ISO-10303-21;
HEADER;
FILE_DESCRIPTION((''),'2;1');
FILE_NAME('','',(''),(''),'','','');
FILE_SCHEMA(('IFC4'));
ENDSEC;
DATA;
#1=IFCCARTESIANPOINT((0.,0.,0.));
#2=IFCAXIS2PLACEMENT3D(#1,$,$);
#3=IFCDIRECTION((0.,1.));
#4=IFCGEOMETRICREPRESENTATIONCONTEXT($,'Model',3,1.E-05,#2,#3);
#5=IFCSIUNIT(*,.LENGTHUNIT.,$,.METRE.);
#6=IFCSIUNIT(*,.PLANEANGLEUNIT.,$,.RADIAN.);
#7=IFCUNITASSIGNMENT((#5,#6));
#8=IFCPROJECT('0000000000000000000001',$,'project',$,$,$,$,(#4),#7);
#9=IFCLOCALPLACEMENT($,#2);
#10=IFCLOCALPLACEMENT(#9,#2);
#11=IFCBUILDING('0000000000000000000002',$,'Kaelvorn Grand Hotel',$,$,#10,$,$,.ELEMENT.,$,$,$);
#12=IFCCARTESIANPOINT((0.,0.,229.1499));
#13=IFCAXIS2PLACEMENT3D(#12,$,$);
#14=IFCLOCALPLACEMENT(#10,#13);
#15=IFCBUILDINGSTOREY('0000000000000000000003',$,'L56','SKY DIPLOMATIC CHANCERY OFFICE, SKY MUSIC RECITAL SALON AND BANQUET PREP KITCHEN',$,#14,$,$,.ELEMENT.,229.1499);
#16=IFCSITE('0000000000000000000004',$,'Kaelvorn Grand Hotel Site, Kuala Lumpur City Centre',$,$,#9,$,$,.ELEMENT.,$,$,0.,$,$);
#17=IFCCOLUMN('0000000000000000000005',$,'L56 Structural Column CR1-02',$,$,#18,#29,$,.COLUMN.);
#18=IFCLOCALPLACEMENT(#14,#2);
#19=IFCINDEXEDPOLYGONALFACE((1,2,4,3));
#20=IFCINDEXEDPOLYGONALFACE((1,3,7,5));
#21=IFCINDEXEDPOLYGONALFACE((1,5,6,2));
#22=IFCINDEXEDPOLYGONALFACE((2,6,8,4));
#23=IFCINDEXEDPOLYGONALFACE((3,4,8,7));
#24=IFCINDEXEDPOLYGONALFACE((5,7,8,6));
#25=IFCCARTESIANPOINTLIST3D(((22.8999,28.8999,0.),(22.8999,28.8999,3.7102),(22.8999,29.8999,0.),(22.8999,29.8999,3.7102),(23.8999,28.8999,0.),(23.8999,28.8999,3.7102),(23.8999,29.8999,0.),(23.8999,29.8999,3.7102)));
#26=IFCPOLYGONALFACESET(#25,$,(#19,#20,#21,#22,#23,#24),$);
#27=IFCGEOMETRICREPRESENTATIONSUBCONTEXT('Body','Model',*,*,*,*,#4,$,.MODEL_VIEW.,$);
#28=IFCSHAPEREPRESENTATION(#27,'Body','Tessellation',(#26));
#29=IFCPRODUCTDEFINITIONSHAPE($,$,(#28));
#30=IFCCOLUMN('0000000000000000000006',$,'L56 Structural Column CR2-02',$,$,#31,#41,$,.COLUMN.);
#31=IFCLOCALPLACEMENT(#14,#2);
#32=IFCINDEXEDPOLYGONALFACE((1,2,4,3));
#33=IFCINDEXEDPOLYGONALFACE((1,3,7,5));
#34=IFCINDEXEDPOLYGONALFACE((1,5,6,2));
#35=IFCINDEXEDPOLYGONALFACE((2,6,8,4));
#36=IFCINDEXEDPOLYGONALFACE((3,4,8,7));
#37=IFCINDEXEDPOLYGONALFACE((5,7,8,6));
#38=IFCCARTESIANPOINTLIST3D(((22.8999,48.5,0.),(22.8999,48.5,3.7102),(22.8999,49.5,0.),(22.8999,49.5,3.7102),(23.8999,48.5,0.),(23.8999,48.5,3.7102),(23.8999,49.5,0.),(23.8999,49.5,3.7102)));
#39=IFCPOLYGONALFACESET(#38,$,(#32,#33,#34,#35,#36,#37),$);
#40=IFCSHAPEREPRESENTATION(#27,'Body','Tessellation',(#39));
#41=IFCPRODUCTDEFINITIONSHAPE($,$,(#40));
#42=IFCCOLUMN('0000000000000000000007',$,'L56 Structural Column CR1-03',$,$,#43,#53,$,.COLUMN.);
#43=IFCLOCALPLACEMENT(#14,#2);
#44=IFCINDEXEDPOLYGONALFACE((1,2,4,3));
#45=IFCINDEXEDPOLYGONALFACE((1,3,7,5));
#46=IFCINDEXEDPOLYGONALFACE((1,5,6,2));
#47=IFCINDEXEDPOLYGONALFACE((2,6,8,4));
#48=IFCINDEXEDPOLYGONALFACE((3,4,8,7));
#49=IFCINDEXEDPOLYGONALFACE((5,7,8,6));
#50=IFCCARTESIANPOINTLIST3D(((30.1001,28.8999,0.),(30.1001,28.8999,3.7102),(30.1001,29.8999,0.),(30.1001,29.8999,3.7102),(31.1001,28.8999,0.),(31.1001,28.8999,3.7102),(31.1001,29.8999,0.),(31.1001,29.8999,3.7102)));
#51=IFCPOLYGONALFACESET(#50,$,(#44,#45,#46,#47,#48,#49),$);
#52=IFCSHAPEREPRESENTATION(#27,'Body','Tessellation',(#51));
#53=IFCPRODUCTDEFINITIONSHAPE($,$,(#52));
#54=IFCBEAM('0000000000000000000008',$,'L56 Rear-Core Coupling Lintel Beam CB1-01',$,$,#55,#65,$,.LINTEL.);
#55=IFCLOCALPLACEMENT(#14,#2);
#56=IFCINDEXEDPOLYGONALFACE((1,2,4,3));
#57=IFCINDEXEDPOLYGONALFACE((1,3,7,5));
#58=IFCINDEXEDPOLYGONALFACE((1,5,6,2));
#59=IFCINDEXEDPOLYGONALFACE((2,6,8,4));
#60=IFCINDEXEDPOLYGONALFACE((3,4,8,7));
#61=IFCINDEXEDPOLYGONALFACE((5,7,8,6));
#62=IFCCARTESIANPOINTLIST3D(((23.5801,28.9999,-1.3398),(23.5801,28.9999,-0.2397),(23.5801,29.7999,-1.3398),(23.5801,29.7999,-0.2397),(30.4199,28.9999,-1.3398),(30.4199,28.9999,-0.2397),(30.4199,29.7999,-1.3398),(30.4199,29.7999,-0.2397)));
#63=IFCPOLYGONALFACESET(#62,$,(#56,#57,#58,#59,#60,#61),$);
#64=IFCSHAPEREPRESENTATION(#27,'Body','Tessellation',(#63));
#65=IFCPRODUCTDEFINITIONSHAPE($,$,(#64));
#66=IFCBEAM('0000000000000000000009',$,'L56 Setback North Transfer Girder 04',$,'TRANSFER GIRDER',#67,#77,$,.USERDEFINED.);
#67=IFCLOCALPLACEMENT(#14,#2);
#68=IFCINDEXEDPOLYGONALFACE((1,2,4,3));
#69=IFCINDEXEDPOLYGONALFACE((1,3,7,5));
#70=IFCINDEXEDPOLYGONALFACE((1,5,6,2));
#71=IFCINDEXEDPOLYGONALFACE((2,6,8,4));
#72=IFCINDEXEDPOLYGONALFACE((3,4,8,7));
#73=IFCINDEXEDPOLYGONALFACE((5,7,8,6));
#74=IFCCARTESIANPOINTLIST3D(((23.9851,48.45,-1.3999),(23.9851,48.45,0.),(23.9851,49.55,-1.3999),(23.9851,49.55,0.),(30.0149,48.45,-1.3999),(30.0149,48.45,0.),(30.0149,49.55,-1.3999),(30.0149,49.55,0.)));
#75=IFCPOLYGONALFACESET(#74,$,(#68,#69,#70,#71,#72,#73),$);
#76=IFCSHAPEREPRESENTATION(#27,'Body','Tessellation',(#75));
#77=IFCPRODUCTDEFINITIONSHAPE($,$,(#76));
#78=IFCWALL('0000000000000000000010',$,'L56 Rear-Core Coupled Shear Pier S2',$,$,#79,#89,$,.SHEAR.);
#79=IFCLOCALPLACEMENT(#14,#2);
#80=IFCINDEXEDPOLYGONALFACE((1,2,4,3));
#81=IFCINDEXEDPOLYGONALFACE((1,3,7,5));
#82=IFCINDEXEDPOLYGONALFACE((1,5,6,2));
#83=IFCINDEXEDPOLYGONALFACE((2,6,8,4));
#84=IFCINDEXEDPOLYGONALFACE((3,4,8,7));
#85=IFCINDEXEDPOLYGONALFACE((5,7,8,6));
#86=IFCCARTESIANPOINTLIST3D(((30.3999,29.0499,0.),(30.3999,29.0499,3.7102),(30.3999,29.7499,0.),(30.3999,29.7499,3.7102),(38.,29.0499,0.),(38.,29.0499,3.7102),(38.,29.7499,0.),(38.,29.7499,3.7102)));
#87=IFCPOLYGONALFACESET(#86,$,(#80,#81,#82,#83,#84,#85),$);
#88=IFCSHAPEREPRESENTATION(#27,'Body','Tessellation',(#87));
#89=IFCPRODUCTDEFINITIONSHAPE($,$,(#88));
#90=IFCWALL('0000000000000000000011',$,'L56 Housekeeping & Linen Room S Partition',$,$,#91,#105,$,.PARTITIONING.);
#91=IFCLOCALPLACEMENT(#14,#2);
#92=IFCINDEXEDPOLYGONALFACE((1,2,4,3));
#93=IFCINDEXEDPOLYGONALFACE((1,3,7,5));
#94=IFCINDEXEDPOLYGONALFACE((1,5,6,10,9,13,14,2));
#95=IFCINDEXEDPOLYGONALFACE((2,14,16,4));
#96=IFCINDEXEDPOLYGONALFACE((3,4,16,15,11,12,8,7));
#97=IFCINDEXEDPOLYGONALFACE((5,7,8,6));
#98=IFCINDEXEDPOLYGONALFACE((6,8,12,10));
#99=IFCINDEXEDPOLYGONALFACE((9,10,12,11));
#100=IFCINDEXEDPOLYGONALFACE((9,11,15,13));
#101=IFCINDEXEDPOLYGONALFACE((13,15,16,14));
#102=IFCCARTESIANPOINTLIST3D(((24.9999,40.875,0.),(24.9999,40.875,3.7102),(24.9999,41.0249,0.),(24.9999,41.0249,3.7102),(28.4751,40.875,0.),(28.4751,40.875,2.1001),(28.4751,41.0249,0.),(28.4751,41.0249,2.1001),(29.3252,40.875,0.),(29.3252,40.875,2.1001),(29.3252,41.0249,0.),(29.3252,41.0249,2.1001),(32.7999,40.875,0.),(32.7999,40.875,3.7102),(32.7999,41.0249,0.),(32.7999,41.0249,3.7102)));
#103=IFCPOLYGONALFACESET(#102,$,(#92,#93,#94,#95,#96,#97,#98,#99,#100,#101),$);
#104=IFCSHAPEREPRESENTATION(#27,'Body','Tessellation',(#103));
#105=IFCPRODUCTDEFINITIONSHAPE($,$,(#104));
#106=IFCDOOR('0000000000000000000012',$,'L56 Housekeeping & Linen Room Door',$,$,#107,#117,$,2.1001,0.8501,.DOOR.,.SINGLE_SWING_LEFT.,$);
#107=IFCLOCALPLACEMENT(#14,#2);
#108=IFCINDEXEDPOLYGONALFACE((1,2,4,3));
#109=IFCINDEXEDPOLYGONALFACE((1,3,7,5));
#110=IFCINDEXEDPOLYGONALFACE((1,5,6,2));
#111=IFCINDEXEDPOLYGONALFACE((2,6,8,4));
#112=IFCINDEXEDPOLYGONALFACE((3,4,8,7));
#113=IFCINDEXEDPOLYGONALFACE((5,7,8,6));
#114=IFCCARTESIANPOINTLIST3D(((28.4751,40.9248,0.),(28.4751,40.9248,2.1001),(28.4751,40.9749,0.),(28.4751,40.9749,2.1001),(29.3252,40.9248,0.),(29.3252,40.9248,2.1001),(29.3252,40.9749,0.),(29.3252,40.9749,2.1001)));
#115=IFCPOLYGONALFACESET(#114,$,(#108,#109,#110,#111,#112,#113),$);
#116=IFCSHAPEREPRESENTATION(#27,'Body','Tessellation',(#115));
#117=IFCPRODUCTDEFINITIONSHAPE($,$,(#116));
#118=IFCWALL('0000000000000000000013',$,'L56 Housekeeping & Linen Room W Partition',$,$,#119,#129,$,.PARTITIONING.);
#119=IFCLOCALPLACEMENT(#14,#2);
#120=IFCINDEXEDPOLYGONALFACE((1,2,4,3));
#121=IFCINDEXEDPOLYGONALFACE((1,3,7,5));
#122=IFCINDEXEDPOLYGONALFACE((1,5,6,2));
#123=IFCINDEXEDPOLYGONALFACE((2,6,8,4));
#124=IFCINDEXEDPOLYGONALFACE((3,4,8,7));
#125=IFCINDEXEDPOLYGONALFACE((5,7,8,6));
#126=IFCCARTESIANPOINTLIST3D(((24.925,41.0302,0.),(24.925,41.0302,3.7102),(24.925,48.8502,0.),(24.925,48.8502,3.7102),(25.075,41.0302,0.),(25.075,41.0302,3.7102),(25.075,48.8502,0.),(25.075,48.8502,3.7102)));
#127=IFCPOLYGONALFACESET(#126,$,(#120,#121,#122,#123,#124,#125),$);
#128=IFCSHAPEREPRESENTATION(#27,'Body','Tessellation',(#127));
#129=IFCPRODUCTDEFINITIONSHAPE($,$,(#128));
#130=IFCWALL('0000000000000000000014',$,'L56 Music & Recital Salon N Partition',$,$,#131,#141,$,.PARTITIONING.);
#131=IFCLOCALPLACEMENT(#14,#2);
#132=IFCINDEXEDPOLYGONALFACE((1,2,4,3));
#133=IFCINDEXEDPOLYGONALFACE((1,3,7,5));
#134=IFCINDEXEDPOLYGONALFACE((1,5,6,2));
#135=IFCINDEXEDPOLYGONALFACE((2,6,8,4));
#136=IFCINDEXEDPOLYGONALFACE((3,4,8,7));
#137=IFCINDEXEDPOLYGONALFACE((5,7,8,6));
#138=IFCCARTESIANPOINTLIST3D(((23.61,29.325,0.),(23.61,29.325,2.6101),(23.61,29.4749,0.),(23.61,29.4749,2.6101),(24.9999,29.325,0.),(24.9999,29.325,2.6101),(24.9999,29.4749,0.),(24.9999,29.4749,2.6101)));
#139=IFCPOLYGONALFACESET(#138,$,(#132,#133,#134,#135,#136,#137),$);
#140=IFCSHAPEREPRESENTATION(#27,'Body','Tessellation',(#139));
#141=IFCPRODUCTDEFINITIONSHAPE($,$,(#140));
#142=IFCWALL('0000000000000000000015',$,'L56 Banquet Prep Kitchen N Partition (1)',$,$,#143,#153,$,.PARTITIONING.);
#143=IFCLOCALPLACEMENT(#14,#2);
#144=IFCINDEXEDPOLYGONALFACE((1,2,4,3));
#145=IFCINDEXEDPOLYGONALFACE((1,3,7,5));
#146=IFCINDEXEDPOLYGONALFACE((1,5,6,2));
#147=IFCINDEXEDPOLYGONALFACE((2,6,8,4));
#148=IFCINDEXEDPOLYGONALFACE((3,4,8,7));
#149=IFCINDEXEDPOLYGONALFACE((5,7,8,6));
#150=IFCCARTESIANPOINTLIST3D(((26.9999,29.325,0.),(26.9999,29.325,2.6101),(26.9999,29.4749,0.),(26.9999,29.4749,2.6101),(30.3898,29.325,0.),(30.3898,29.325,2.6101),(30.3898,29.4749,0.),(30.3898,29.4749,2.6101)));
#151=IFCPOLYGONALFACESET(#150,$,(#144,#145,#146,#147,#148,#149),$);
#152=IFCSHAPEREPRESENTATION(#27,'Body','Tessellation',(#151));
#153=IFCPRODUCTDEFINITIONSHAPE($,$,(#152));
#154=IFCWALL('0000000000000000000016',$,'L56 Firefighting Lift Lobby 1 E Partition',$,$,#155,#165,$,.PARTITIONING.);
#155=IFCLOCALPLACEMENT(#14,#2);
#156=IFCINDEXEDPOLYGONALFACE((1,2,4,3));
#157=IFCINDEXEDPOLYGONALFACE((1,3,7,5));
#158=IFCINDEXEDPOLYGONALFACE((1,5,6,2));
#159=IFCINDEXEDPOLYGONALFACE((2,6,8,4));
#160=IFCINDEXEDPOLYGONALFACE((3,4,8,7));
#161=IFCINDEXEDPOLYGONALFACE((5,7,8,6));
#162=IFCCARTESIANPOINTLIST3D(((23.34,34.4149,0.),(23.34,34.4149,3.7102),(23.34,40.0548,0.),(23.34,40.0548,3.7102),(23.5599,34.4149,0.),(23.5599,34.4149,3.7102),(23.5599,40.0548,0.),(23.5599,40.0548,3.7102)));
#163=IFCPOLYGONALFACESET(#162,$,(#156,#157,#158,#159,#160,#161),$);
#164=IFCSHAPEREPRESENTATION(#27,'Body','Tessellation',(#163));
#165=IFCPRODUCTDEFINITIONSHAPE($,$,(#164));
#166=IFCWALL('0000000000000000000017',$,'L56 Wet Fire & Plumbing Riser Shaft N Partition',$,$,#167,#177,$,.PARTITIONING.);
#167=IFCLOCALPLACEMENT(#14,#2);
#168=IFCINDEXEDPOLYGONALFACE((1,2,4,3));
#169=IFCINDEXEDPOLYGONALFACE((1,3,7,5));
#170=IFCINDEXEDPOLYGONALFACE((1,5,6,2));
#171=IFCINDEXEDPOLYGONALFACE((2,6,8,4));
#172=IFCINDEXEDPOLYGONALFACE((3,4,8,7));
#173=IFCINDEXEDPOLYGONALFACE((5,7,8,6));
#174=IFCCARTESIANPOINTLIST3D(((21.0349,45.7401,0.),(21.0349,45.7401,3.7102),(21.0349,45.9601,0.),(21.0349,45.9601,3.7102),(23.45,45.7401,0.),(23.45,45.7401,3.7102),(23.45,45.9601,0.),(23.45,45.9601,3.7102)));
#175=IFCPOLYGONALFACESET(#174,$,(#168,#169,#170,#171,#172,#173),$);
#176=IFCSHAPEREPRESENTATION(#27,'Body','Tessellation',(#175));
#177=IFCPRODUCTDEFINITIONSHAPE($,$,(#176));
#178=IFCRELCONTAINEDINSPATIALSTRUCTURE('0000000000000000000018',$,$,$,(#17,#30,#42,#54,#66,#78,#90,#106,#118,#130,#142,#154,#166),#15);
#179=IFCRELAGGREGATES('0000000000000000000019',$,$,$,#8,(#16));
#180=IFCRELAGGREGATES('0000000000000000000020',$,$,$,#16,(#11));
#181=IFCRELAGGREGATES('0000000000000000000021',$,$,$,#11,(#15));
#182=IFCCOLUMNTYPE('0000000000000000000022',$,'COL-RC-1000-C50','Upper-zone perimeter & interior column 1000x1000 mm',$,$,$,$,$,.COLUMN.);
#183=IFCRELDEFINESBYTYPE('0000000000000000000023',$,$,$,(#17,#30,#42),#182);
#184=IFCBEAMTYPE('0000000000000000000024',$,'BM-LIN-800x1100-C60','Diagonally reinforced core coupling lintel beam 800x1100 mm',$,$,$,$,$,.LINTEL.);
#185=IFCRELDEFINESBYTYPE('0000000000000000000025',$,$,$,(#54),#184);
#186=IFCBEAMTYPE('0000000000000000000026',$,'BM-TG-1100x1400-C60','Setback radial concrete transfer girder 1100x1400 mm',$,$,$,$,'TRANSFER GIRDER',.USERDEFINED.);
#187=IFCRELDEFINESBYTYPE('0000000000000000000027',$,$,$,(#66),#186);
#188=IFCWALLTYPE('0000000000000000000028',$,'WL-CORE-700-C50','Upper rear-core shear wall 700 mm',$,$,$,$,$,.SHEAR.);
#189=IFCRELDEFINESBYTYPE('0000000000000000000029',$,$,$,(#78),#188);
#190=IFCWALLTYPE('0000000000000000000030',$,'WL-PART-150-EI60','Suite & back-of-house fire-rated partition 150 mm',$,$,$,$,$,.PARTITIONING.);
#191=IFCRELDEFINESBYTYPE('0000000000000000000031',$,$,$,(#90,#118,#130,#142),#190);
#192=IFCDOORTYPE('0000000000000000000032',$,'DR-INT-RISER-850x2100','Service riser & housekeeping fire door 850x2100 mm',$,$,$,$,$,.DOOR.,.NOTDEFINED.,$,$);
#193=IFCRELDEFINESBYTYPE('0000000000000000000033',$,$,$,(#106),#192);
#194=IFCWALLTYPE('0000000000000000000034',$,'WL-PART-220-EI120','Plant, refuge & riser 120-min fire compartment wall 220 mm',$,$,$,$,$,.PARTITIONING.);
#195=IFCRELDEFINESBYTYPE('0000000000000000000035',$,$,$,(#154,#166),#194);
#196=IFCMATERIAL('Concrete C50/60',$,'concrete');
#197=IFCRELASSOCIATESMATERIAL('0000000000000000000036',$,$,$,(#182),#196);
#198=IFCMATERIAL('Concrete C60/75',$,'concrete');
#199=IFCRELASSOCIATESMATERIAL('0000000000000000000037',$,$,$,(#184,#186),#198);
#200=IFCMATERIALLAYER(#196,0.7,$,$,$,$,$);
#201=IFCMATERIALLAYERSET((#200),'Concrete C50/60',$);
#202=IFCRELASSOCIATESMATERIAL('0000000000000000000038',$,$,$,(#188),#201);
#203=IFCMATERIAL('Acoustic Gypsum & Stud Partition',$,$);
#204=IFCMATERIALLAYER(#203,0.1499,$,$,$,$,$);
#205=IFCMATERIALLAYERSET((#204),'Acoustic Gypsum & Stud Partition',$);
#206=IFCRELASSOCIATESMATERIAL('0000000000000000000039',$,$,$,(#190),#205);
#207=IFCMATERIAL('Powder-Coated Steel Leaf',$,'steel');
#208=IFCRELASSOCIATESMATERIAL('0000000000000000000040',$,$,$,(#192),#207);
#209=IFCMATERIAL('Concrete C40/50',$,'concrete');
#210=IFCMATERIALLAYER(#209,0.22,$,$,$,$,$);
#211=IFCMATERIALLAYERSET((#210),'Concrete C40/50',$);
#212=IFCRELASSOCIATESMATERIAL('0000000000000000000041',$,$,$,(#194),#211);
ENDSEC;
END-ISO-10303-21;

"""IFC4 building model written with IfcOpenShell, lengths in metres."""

from ifc_helpers import new_model, si_unit, direction, frame, frame_2d, origin, origin_2d, place, context, subcontext, project, spatial, rectangle, extrude, material, layer, layer_set, material_profile, profile_set, type_object, element, fill, save


model = new_model("IFC4")

# Units and contexts
model_context = context("Model", 3, precision=1e-05, world=origin(), true_north=direction((0.0, 1.0)))
body_context = subcontext(model_context, "Body", "Model", "MODEL_VIEW")
ifc_project = project(units=[si_unit("LENGTHUNIT", "METRE"), si_unit("PLANEANGLEUNIT", "RADIAN")], contexts=[model_context])

# Site, building, storey
site_placement = place(None, origin())
site = spatial("IfcSite", under=ifc_project, at=site_placement, Name="Kaelvorn Grand Hotel Site, Kuala Lumpur City Centre", CompositionType="ELEMENT", RefElevation=0.0)
building_placement = place(site_placement, origin())
building = spatial("IfcBuilding", under=site, at=building_placement, Name="Kaelvorn Grand Hotel", CompositionType="ELEMENT")
storey_placement = place(building_placement, frame((0.0, 0.0, 229.1499)))
storey = spatial("IfcBuildingStorey", under=building, at=storey_placement, Name="L56", Description="SKY DIPLOMATIC CHANCERY OFFICE, SKY MUSIC RECITAL SALON AND BANQUET PREP KITCHEN", CompositionType="ELEMENT", Elevation=229.1499)

# Columns
ifc_material_1 = material(Name="Concrete C50/60", Category="concrete")
ifc_material_profile_1 = material_profile(ifc_material_1, rectangle(XDim=1.0, YDim=1.0, at=origin_2d()), Name="RC COL 1000x1000")
ifc_profile_set_1 = profile_set([ifc_material_profile_1], Name="Concrete C50/60")
column_type = type_object("IfcColumnType", Name="COL-RC-1000-C50", Description="Upper-zone perimeter & interior column 1000x1000 mm", PredefinedType="COLUMN", material=ifc_profile_set_1)
for number, where, z_axis, x_axis, name in (
    (1, (23.3999, 29.3999, 0.0), (0.0, 0.0, 1.0), (1.0, 0.0, 0.0), "L56 Structural Column CR1-02"),
    (2, (23.3999, 49.0, 0.0), (0.0, 0.0, 1.0), (1.0, 0.0, 0.0), "L56 Structural Column CR2-02"),
    (3, (30.6001, 29.3999, 0.0), (0.0, 0.0, 1.0), (1.0, 0.0, 0.0), "L56 Structural Column CR1-03"),
):
    element("IfcColumn", number, at=place(storey_placement, frame(where, z_axis=z_axis, x_axis=x_axis)), inside=storey, type_object=column_type, Name=name, PredefinedType="COLUMN", context=body_context, shape_type="SweptSolid", body=[
        extrude(rectangle(XDim=1.0, YDim=1.0, at=origin_2d()), origin(), (0.0, 0.0, 1.0), 3.7102),
    ])

# Beams
ifc_material_2 = material(Name="Concrete C60/75", Category="concrete")
ifc_material_profile_2 = material_profile(ifc_material_2, rectangle(XDim=0.8, YDim=1.1001, at=origin_2d()), Name="RC LINTEL 800x1100")
ifc_profile_set_2 = profile_set([ifc_material_profile_2], Name="Concrete C60/75")
beam_type_1 = type_object("IfcBeamType", Name="BM-LIN-800x1100-C60", Description="Diagonally reinforced core coupling lintel beam 800x1100 mm", PredefinedType="LINTEL", material=ifc_profile_set_2)
beam_1_placement = place(storey_placement, frame((23.5801, 29.3999, -0.7898), z_axis=(1.0, 0.0, 0.0), x_axis=(0.0, 1.0, 0.0)))
element("IfcBeam", 4, at=beam_1_placement, inside=storey, type_object=beam_type_1, Name="L56 Rear-Core Coupling Lintel Beam CB1-01", PredefinedType="LINTEL", context=body_context, shape_type="SweptSolid", body=[
    extrude(rectangle(XDim=0.8, YDim=1.1001, at=origin_2d()), origin(), (0.0, 0.0, 1.0), 6.8398),
])
ifc_material_profile_3 = material_profile(ifc_material_2, rectangle(XDim=1.1001, YDim=1.3999, at=origin_2d()), Name="RC TG 1100x1400")
ifc_profile_set_3 = profile_set([ifc_material_profile_3], Name="Concrete C60/75")
beam_type_2 = type_object("IfcBeamType", Name="BM-TG-1100x1400-C60", Description="Setback radial concrete transfer girder 1100x1400 mm", ElementType="TRANSFER GIRDER", PredefinedType="USERDEFINED", material=ifc_profile_set_3)
beam_2_placement = place(storey_placement, frame((23.9851, 49.0, -0.7), z_axis=(1.0, 0.0, 0.0), x_axis=(0.0, 1.0, 0.0)))
element("IfcBeam", 5, at=beam_2_placement, inside=storey, type_object=beam_type_2, Name="L56 Setback North Transfer Girder 04", ObjectType="TRANSFER GIRDER", PredefinedType="USERDEFINED", context=body_context, shape_type="SweptSolid", body=[
    extrude(rectangle(XDim=1.1001, YDim=1.3999, at=origin_2d()), origin(), (0.0, 0.0, 1.0), 6.0298),
])

# Wall
ifc_layer_1 = layer(ifc_material_1, 0.7)
ifc_layer_set_1 = layer_set([ifc_layer_1], Name="Concrete C50/60")
wall_type_1 = type_object("IfcWallType", Name="WL-CORE-700-C50", Description="Upper rear-core shear wall 700 mm", PredefinedType="SHEAR", material=ifc_layer_set_1)
wall_1_placement = place(storey_placement, frame((30.3999, 29.3999, 0.0), z_axis=(0.0, 0.0, 1.0), x_axis=(1.0, 0.0, 0.0)))
element("IfcWall", 6, at=wall_1_placement, inside=storey, type_object=wall_type_1, Name="L56 Rear-Core Coupled Shear Pier S2", PredefinedType="SHEAR", context=body_context, shape_type="SweptSolid", body=[
    extrude(rectangle(XDim=7.6001, YDim=0.7, at=frame_2d((3.8, 0.0))), origin(), (0.0, 0.0, 1.0), 3.7102),
])

# Wall, opening, door
ifc_material_3 = material(Name="Acoustic Gypsum & Stud Partition")
ifc_layer_2 = layer(ifc_material_3, 0.1499)
ifc_layer_set_2 = layer_set([ifc_layer_2], Name="Acoustic Gypsum & Stud Partition")
wall_type_2 = type_object("IfcWallType", Name="WL-PART-150-EI60", Description="Suite & back-of-house fire-rated partition 150 mm", PredefinedType="PARTITIONING", material=ifc_layer_set_2)
wall_2_placement = place(storey_placement, frame((25.0, 40.95, 0.0), z_axis=(0.0, 0.0, 1.0), x_axis=(1.0, 0.0, 0.0)))
wall_2 = element("IfcWall", 7, at=wall_2_placement, inside=storey, type_object=wall_type_2, Name="L56 Housekeeping & Linen Room S Partition", PredefinedType="PARTITIONING", context=body_context, shape_type="SweptSolid", body=[
    extrude(rectangle(XDim=7.8, YDim=0.1499, at=frame_2d((3.8999, 0.0))), origin(), (0.0, 0.0, 1.0), 3.7102),
])
opening_1_placement = place(wall_2_placement, frame((3.4751, 0.0, 0.0)))
opening_1 = element("IfcOpeningElement", 8, at=opening_1_placement, cuts=wall_2, PredefinedType="OPENING", context=body_context, shape_type="SweptSolid", body=[
    extrude(rectangle(XDim=0.8501, YDim=2.1001, at=frame_2d((0.425, 1.05))), frame((0.0, 0.085, 0.0), z_axis=(0.0, -1.0, 0.0), x_axis=(1.0, 0.0, 0.0)), (0.0, 0.0, 1.0), 0.1699),
])
ifc_material_4 = material(Name="Powder-Coated Steel Leaf", Category="steel")
door_type_1 = type_object("IfcDoorType", Name="DR-INT-RISER-850x2100", Description="Service riser & housekeeping fire door 850x2100 mm", OperationType="NOTDEFINED", PredefinedType="DOOR", material=ifc_material_4)
door_1_placement = place(opening_1_placement, origin())
door_1 = element("IfcDoor", 9, at=door_1_placement, inside=storey, type_object=door_type_1, Name="L56 Housekeeping & Linen Room Door", OperationType="SINGLE_SWING_LEFT", OverallHeight=2.1001, OverallWidth=0.8501, PredefinedType="DOOR", context=body_context, shape_type="SweptSolid", body=[
    extrude(rectangle(XDim=0.8501, YDim=2.1001, at=frame_2d((0.425, 1.05))), frame((0.0, 0.0249, 0.0), z_axis=(0.0, -1.0, 0.0), x_axis=(1.0, 0.0, 0.0)), (0.0, 0.0, 1.0), 0.05),
])
fill(opening_1, door_1)

# Walls
wall_3_placement = place(storey_placement, frame((25.0, 41.03, 0.0), z_axis=(0.0, 0.0, 1.0), x_axis=(0.0, 1.0, 0.0)))
element("IfcWall", 10, at=wall_3_placement, inside=storey, type_object=wall_type_2, Name="L56 Housekeeping & Linen Room W Partition", PredefinedType="PARTITIONING", context=body_context, shape_type="SweptSolid", body=[
    extrude(rectangle(XDim=7.8201, YDim=0.1499, at=frame_2d((3.9102, 0.0))), origin(), (0.0, 0.0, 1.0), 3.7102),
])
wall_4_placement = place(storey_placement, frame((23.6101, 29.3999, 0.0), z_axis=(0.0, 0.0, 1.0), x_axis=(1.0, 0.0, 0.0)))
element("IfcWall", 11, at=wall_4_placement, inside=storey, type_object=wall_type_2, Name="L56 Music & Recital Salon N Partition", PredefinedType="PARTITIONING", context=body_context, shape_type="SweptSolid", body=[
    extrude(rectangle(XDim=1.3899, YDim=0.1499, at=frame_2d((0.6948, 0.0))), origin(), (0.0, 0.0, 1.0), 2.6101),
])
wall_5_placement = place(storey_placement, frame((27.0, 29.3999, 0.0), z_axis=(0.0, 0.0, 1.0), x_axis=(1.0, 0.0, 0.0)))
element("IfcWall", 12, at=wall_5_placement, inside=storey, type_object=wall_type_2, Name="L56 Banquet Prep Kitchen N Partition (1)", PredefinedType="PARTITIONING", context=body_context, shape_type="SweptSolid", body=[
    extrude(rectangle(XDim=3.3899, YDim=0.1499, at=frame_2d((1.6948, 0.0))), origin(), (0.0, 0.0, 1.0), 2.6101),
])
ifc_material_5 = material(Name="Concrete C40/50", Category="concrete")
ifc_layer_3 = layer(ifc_material_5, 0.22)
ifc_layer_set_3 = layer_set([ifc_layer_3], Name="Concrete C40/50")
wall_type_3 = type_object("IfcWallType", Name="WL-PART-220-EI120", Description="Plant, refuge & riser 120-min fire compartment wall 220 mm", PredefinedType="PARTITIONING", material=ifc_layer_set_3)
wall_6_placement = place(storey_placement, frame((23.45, 34.415, 0.0), z_axis=(0.0, 0.0, 1.0), x_axis=(0.0, 1.0, 0.0)))
element("IfcWall", 13, at=wall_6_placement, inside=storey, type_object=wall_type_3, Name="L56 Firefighting Lift Lobby 1 E Partition", PredefinedType="PARTITIONING", context=body_context, shape_type="SweptSolid", body=[
    extrude(rectangle(XDim=5.6399, YDim=0.22, at=frame_2d((2.8198, 0.0))), origin(), (0.0, 0.0, 1.0), 3.7102),
])
wall_7_placement = place(storey_placement, frame((21.0349, 45.8501, 0.0), z_axis=(0.0, 0.0, 1.0), x_axis=(1.0, 0.0, 0.0)))
element("IfcWall", 14, at=wall_7_placement, inside=storey, type_object=wall_type_3, Name="L56 Wet Fire & Plumbing Riser Shaft N Partition", PredefinedType="PARTITIONING", context=body_context, shape_type="SweptSolid", body=[
    extrude(rectangle(XDim=2.415, YDim=0.22, at=frame_2d((1.2075, 0.0))), origin(), (0.0, 0.0, 1.0), 3.7102),
])

save(model, "model.ifc")
